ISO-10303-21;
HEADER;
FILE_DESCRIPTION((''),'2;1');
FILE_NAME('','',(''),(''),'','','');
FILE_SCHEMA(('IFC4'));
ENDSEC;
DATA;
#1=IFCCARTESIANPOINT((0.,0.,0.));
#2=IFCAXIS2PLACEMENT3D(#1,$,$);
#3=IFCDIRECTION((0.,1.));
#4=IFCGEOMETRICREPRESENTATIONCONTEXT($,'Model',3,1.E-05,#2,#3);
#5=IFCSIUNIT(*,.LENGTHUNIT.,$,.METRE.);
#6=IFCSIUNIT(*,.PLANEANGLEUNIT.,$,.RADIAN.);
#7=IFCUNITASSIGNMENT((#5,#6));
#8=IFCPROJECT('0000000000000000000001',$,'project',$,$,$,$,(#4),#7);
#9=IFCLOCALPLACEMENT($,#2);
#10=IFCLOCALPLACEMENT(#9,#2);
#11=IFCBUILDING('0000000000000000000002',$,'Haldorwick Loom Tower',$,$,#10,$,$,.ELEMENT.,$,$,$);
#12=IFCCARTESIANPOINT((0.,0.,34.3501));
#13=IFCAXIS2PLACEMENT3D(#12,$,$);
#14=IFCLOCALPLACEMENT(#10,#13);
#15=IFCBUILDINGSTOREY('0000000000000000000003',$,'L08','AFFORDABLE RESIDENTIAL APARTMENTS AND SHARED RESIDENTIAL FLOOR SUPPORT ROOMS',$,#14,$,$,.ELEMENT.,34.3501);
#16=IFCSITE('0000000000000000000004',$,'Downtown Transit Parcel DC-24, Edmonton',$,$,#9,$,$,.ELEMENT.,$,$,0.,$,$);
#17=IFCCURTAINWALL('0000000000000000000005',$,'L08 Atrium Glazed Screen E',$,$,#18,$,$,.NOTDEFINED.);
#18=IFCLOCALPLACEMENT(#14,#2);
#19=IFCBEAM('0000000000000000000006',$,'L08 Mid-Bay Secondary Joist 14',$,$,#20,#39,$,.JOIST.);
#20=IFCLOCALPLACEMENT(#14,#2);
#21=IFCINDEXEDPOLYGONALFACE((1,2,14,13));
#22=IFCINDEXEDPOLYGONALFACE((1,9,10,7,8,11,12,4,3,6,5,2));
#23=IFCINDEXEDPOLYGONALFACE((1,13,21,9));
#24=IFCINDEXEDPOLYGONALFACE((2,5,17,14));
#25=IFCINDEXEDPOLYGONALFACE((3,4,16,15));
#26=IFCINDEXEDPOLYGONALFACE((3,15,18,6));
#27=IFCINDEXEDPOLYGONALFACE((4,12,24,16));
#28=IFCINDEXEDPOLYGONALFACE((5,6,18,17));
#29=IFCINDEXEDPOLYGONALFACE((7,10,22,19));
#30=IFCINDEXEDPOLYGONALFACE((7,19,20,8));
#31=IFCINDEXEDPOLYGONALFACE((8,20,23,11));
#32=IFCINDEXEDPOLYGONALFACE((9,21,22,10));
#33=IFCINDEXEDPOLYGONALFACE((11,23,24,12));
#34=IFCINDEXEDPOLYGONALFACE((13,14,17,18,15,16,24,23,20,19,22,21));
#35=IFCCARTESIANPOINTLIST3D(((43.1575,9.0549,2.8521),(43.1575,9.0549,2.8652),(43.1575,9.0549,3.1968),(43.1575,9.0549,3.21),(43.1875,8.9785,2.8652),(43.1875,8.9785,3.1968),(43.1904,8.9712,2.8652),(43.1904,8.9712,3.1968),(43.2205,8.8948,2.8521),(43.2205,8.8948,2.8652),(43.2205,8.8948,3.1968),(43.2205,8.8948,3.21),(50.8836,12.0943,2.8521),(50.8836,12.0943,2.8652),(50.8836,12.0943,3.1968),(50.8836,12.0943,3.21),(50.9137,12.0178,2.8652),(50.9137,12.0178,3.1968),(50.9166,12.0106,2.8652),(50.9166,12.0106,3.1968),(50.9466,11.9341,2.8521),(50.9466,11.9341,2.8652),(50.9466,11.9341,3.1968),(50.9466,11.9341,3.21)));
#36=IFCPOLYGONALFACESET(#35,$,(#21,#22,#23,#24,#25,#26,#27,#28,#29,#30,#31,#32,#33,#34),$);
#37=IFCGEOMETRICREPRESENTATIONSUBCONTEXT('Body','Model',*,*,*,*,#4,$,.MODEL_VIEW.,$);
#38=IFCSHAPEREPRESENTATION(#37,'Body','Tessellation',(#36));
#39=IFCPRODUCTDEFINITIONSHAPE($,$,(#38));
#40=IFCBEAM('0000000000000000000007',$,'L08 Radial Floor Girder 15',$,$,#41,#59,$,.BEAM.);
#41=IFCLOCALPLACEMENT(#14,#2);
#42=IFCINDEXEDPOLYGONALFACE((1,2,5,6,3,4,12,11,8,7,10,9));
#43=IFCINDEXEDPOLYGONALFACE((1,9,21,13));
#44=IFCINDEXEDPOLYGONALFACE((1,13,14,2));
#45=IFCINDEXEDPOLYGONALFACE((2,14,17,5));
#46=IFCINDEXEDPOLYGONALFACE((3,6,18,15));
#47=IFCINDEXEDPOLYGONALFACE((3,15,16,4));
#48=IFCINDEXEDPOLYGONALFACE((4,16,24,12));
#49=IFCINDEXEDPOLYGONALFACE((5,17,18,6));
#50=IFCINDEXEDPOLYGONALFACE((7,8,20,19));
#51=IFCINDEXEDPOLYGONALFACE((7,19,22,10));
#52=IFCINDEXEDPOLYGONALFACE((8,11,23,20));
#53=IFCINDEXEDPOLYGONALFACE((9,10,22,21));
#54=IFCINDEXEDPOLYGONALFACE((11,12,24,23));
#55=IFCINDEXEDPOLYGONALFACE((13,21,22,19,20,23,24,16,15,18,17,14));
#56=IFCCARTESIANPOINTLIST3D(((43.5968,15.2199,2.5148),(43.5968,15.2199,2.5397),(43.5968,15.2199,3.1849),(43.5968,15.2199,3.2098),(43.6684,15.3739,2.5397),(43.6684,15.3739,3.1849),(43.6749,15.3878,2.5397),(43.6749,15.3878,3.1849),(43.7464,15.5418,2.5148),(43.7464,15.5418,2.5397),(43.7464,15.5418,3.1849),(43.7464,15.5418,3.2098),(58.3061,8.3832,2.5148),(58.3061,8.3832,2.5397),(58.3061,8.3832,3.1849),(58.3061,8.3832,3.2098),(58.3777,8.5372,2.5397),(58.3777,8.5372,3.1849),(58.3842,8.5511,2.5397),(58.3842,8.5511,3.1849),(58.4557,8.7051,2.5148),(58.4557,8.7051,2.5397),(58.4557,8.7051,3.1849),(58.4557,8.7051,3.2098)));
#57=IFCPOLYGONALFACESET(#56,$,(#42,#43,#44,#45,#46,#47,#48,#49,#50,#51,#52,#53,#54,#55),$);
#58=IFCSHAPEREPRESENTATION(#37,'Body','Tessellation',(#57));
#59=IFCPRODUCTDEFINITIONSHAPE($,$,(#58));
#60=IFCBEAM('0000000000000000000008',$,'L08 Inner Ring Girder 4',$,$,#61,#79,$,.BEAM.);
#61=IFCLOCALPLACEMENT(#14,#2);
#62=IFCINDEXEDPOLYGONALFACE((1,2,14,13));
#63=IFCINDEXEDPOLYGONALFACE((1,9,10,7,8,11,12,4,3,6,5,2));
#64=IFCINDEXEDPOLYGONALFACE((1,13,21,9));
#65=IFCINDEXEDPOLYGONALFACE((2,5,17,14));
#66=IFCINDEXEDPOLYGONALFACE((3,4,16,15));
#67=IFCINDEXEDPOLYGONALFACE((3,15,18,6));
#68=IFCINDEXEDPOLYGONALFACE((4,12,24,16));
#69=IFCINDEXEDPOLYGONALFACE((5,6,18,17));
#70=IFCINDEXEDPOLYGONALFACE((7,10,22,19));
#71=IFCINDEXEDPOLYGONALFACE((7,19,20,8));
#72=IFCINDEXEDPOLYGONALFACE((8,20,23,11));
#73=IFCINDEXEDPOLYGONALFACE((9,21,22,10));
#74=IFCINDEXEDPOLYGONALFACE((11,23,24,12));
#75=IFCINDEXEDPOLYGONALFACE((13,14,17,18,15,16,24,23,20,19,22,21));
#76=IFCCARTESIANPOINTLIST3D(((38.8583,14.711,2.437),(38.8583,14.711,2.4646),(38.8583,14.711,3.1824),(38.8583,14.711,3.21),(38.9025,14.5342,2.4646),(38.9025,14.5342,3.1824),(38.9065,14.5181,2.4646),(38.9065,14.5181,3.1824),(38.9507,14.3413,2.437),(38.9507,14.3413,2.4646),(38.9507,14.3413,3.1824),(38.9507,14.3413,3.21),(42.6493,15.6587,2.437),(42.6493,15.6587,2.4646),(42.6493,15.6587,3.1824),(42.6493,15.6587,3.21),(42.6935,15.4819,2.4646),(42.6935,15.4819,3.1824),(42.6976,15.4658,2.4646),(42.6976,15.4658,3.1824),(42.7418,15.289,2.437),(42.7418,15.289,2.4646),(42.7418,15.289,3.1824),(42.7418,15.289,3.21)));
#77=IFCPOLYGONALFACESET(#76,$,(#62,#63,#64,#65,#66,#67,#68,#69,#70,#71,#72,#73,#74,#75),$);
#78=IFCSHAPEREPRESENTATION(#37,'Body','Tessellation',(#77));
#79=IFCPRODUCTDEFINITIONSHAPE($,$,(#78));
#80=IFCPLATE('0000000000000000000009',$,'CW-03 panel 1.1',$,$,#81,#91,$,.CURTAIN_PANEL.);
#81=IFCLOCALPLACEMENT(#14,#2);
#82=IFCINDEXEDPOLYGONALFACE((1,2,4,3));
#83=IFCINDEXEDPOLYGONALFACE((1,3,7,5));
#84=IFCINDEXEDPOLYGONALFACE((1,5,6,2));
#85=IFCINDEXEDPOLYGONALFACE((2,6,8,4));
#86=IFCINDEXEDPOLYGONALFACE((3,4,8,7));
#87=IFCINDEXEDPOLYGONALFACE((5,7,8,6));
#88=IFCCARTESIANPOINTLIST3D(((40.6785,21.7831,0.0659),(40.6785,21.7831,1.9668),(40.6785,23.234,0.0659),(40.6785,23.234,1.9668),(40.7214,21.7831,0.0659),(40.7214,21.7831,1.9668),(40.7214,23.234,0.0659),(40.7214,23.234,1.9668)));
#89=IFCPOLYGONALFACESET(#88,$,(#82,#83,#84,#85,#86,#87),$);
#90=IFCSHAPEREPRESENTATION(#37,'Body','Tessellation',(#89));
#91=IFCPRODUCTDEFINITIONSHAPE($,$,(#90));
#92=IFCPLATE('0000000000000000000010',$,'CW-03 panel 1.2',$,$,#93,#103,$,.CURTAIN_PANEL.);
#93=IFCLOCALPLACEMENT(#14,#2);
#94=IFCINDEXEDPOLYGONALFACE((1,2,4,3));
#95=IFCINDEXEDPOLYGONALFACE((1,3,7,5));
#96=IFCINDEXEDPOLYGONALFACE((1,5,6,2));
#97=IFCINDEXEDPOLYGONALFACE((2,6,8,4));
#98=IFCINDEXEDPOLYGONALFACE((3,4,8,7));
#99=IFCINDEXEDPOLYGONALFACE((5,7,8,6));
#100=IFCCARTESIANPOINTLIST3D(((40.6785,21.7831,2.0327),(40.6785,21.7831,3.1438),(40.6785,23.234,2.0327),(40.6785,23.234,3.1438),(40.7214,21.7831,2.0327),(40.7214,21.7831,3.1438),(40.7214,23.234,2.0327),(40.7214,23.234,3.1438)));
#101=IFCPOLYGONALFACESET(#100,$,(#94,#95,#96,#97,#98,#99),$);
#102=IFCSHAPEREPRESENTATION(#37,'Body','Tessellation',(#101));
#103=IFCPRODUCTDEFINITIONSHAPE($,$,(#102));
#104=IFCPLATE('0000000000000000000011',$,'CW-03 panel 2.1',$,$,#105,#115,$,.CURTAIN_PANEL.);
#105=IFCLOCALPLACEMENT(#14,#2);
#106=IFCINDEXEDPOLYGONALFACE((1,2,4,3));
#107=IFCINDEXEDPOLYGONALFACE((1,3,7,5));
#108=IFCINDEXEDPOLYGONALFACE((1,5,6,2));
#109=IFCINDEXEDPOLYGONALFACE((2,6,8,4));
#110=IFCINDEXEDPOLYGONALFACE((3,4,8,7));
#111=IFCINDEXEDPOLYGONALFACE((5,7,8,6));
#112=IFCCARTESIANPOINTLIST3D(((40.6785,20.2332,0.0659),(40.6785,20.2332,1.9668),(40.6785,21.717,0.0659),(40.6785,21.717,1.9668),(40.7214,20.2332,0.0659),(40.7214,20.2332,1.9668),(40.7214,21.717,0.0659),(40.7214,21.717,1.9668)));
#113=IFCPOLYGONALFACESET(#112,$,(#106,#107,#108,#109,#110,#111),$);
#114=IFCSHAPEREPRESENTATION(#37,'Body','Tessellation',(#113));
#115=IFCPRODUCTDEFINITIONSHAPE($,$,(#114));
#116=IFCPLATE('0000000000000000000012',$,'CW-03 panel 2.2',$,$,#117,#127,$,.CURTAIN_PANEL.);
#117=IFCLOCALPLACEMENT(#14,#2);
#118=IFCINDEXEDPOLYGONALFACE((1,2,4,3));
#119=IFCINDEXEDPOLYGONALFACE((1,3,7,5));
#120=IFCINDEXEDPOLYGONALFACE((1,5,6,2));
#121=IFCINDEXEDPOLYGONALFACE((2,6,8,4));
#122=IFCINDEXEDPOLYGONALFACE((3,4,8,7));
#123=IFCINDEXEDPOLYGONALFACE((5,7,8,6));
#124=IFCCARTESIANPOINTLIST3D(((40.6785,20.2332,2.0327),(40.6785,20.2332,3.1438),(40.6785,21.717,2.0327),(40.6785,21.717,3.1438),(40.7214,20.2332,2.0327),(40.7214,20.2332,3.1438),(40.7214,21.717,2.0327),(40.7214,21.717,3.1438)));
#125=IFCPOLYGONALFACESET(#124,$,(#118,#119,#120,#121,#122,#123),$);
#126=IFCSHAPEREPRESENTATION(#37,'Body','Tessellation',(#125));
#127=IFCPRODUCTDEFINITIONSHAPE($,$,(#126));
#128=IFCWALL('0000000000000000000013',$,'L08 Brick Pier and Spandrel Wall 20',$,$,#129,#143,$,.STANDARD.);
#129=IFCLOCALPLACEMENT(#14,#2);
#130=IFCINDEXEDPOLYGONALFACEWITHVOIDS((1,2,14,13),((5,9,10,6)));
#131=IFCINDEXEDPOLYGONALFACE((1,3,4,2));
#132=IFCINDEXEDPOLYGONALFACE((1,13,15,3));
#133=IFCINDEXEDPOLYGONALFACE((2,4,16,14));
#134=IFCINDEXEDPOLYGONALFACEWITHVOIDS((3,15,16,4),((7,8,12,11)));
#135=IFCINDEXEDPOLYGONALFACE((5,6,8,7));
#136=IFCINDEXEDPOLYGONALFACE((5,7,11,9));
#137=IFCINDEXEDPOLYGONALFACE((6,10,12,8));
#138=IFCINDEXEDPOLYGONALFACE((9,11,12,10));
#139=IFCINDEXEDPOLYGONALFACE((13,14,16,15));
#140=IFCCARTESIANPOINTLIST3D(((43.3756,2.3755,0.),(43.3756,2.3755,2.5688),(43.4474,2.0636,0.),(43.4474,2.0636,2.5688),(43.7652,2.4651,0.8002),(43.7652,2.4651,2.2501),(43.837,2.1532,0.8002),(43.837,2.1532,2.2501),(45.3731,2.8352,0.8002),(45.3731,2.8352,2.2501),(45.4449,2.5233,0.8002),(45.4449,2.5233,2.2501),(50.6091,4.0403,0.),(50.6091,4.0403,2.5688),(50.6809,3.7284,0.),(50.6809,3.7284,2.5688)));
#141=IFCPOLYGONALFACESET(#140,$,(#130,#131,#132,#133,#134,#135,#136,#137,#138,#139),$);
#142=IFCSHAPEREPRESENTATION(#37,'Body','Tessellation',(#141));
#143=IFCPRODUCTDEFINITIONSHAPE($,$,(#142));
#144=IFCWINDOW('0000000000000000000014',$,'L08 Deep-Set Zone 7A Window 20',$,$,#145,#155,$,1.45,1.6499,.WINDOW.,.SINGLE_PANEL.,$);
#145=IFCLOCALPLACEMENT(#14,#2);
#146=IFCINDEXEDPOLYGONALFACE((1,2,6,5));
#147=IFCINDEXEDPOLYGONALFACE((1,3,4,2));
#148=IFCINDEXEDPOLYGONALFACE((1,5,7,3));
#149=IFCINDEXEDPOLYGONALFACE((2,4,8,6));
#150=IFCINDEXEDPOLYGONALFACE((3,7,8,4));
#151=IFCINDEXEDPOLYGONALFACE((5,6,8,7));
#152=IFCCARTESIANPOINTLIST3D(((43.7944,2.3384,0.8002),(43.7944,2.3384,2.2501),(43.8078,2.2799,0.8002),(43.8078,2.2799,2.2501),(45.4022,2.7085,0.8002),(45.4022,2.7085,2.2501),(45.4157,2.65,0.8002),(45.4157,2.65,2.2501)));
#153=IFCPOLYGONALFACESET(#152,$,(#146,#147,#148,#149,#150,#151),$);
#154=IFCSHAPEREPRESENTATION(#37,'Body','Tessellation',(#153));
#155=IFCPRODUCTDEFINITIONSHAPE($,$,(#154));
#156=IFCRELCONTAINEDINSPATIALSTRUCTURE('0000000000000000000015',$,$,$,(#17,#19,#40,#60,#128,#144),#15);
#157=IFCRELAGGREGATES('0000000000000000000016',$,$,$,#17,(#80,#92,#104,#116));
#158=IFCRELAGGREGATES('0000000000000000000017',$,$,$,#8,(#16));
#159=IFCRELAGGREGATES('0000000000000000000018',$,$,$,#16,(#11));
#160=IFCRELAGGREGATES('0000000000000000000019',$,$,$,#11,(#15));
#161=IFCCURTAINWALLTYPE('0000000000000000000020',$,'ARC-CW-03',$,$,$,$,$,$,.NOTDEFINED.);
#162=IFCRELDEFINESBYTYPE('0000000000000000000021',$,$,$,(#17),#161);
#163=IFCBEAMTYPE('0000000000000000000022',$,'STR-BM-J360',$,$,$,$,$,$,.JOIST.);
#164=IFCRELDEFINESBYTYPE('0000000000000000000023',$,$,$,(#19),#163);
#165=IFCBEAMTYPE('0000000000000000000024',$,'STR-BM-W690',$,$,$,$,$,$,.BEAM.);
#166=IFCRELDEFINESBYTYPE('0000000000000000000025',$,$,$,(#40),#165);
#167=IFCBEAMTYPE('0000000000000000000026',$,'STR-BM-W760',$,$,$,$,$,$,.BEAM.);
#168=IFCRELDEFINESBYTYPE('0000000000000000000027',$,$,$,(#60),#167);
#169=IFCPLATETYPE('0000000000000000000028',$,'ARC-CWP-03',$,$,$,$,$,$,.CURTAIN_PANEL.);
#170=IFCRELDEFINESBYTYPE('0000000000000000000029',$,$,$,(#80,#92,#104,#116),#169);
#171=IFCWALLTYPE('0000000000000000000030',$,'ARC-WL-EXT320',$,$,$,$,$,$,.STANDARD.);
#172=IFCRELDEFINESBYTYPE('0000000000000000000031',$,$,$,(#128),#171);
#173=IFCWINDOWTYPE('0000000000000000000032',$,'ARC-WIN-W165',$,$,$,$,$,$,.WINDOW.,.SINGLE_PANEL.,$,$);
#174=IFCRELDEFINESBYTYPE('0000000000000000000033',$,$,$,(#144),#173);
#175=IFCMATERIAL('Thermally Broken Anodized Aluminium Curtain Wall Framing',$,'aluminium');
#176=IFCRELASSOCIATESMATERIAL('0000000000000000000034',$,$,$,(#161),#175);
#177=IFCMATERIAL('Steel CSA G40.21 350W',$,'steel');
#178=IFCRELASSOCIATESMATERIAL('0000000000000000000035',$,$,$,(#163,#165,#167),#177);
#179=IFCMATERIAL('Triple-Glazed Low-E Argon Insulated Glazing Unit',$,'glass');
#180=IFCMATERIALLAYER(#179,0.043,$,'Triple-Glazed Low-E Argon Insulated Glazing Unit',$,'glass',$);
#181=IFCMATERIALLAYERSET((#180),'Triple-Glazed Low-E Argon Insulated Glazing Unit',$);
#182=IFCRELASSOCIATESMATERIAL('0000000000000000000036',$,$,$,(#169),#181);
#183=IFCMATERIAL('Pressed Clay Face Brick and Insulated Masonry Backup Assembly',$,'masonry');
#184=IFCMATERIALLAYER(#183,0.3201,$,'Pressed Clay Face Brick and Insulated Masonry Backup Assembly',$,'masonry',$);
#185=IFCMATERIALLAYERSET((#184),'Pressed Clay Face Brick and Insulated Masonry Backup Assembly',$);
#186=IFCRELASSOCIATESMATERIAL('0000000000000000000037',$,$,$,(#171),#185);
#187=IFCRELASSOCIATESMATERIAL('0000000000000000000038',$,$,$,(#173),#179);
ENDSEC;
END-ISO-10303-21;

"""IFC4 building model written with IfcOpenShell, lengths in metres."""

from ifc_helpers import new_model, si_unit, direction, frame, frame_2d, origin, origin_2d, place, context, subcontext, project, spatial, rectangle, i_section, extrude, material, layer, layer_set, material_profile, profile_set, type_object, element, fill, aggregate, save


model = new_model("IFC4")

# Units and contexts
model_context = context("Model", 3, precision=1e-05, world=origin(), true_north=direction((0.0, 1.0)))
body_context = subcontext(model_context, "Body", "Model", "MODEL_VIEW")
ifc_project = project(units=[si_unit("LENGTHUNIT", "METRE"), si_unit("PLANEANGLEUNIT", "RADIAN")], contexts=[model_context])

# Site, building, storey
site_placement = place(None, origin())
site = spatial("IfcSite", under=ifc_project, at=site_placement, Name="Downtown Transit Parcel DC-24, Edmonton", CompositionType="ELEMENT", RefElevation=0.0)
building_placement = place(site_placement, origin())
building = spatial("IfcBuilding", under=site, at=building_placement, Name="Haldorwick Loom Tower", CompositionType="ELEMENT")
storey_placement = place(building_placement, frame((0.0, 0.0, 34.3501)))
storey = spatial("IfcBuildingStorey", under=building, at=storey_placement, Name="L08", Description="AFFORDABLE RESIDENTIAL APARTMENTS AND SHARED RESIDENTIAL FLOOR SUPPORT ROOMS", CompositionType="ELEMENT", Elevation=34.3501)

# Curtain wall
ifc_material_1 = material(Name="Thermally Broken Anodized Aluminium Curtain Wall Framing", Category="aluminium")
curtain_wall_type = type_object("IfcCurtainWallType", Name="ARC-CW-03", PredefinedType="NOTDEFINED", material=ifc_material_1)
curtain_wall_placement = place(storey_placement, origin())
curtain_wall = element("IfcCurtainWall", 1, at=curtain_wall_placement, inside=storey, type_object=curtain_wall_type, Name="L08 Atrium Glazed Screen E", PredefinedType="NOTDEFINED")

# Beams
ifc_material_2 = material(Name="Steel CSA G40.21 350W", Category="steel")
ifc_material_profile_1 = material_profile(ifc_material_2, i_section(OverallWidth=0.1721, OverallDepth=0.3579, WebThickness=0.0078, FlangeThickness=0.0132, at=origin_2d()), Name="W360X57", Category="steel")
ifc_profile_set_1 = profile_set([ifc_material_profile_1], Name="Steel CSA G40.21 350W")
beam_type_1 = type_object("IfcBeamType", Name="STR-BM-J360", PredefinedType="JOIST", material=ifc_profile_set_1)
beam_1_placement = place(storey_placement, frame((43.189, 8.9749, 3.031), z_axis=(0.930585, 0.366076, 0.0), x_axis=(-0.366076, 0.930585, 0.0)))
element("IfcBeam", 2, at=beam_1_placement, inside=storey, type_object=beam_type_1, Name="L08 Mid-Bay Secondary Joist 14", PredefinedType="JOIST", context=body_context, shape_type="SweptSolid", body=[
    extrude(i_section(OverallWidth=0.1721, OverallDepth=0.3579, WebThickness=0.0078, FlangeThickness=0.0132, at=origin_2d()), origin(), (0.0, 0.0, 1.0), 8.3025),
])
ifc_material_profile_2 = material_profile(ifc_material_2, i_section(OverallWidth=0.355, OverallDepth=0.6951, WebThickness=0.0154, FlangeThickness=0.0249, at=origin_2d()), Name="W690X217", Category="steel")
ifc_profile_set_2 = profile_set([ifc_material_profile_2], Name="Steel CSA G40.21 350W")
beam_type_2 = type_object("IfcBeamType", Name="STR-BM-W690", PredefinedType="BEAM", material=ifc_profile_set_2)
beam_2_placement = place(storey_placement, frame((43.6716, 15.3809, 2.8623), z_axis=(0.906835, -0.421486, 0.0), x_axis=(0.421486, 0.906835, 0.0)))
element("IfcBeam", 3, at=beam_2_placement, inside=storey, type_object=beam_type_2, Name="L08 Radial Floor Girder 15", PredefinedType="BEAM", context=body_context, shape_type="SweptSolid", body=[
    extrude(i_section(OverallWidth=0.355, OverallDepth=0.6951, WebThickness=0.0154, FlangeThickness=0.0249, at=origin_2d()), origin(), (0.0, 0.0, 1.0), 16.2205),
])
ifc_material_profile_3 = material_profile(ifc_material_2, i_section(OverallWidth=0.3811, OverallDepth=0.7729, WebThickness=0.0166, FlangeThickness=0.0276, at=origin_2d()), Name="W760X257", Category="steel")
ifc_profile_set_3 = profile_set([ifc_material_profile_3], Name="Steel CSA G40.21 350W")
beam_type_3 = type_object("IfcBeamType", Name="STR-BM-W760", PredefinedType="BEAM", material=ifc_profile_set_3)
beam_3_placement = place(storey_placement, frame((42.6956, 15.4739, 2.8235), z_axis=(-0.970143, -0.242536, 0.0), x_axis=(0.242536, -0.970143, 0.0)))
element("IfcBeam", 4, at=beam_3_placement, inside=storey, type_object=beam_type_3, Name="L08 Inner Ring Girder 4", PredefinedType="BEAM", context=body_context, shape_type="SweptSolid", body=[
    extrude(i_section(OverallWidth=0.3811, OverallDepth=0.7729, WebThickness=0.0166, FlangeThickness=0.0276, at=origin_2d()), origin(), (0.0, 0.0, 1.0), 3.9077),
])

# Plates
ifc_material_3 = material(Name="Triple-Glazed Low-E Argon Insulated Glazing Unit", Category="glass")
ifc_layer_1 = layer(ifc_material_3, 0.043, Name="Triple-Glazed Low-E Argon Insulated Glazing Unit", Category="glass")
ifc_layer_set_1 = layer_set([ifc_layer_1], Name="Triple-Glazed Low-E Argon Insulated Glazing Unit")
plate_type = type_object("IfcPlateType", Name="ARC-CWP-03", PredefinedType="CURTAIN_PANEL", material=ifc_layer_set_1)
plate_1_placement = place(storey_placement, frame((40.7, 22.5085, 0.0659), z_axis=(0.0, 0.0, 1.0), x_axis=(0.0, -1.0, 0.0)))
plate_1 = element("IfcPlate", 5, at=plate_1_placement, type_object=plate_type, Name="CW-03 panel 1.1", PredefinedType="CURTAIN_PANEL", context=body_context, shape_type="SweptSolid", body=[
    extrude(rectangle(XDim=1.4509, YDim=0.043, at=origin_2d()), origin(), (0.0, 0.0, 1.0), 1.9009),
])
plate_2_placement = place(storey_placement, frame((40.7, 22.5085, 2.0327), z_axis=(0.0, 0.0, 1.0), x_axis=(0.0, -1.0, 0.0)))
plate_2 = element("IfcPlate", 6, at=plate_2_placement, type_object=plate_type, Name="CW-03 panel 1.2", PredefinedType="CURTAIN_PANEL", context=body_context, shape_type="SweptSolid", body=[
    extrude(rectangle(XDim=1.4509, YDim=0.043, at=origin_2d()), origin(), (0.0, 0.0, 1.0), 1.1111),
])
plate_3_placement = place(storey_placement, frame((40.7, 20.9751, 0.0659), z_axis=(0.0, 0.0, 1.0), x_axis=(0.0, -1.0, 0.0)))
plate_3 = element("IfcPlate", 7, at=plate_3_placement, type_object=plate_type, Name="CW-03 panel 2.1", PredefinedType="CURTAIN_PANEL", context=body_context, shape_type="SweptSolid", body=[
    extrude(rectangle(XDim=1.4839, YDim=0.043, at=origin_2d()), origin(), (0.0, 0.0, 1.0), 1.9009),
])
plate_4_placement = place(storey_placement, frame((40.7, 20.9751, 2.0327), z_axis=(0.0, 0.0, 1.0), x_axis=(0.0, -1.0, 0.0)))
plate_4 = element("IfcPlate", 8, at=plate_4_placement, type_object=plate_type, Name="CW-03 panel 2.2", PredefinedType="CURTAIN_PANEL", context=body_context, shape_type="SweptSolid", body=[
    extrude(rectangle(XDim=1.4839, YDim=0.043, at=origin_2d()), origin(), (0.0, 0.0, 1.0), 1.1111),
])
aggregate(curtain_wall, [plate_1, plate_2, plate_3, plate_4])

# Wall, opening, window
ifc_material_4 = material(Name="Pressed Clay Face Brick and Insulated Masonry Backup Assembly", Category="masonry")
ifc_layer_2 = layer(ifc_material_4, 0.3201, Name="Pressed Clay Face Brick and Insulated Masonry Backup Assembly", Category="masonry")
ifc_layer_set_2 = layer_set([ifc_layer_2], Name="Pressed Clay Face Brick and Insulated Masonry Backup Assembly")
wall_type_1 = type_object("IfcWallType", Name="ARC-WL-EXT320", PredefinedType="STANDARD", material=ifc_layer_set_2)
wall_1_placement = place(storey_placement, frame((43.4114, 2.2195, 0.0), z_axis=(0.0, 0.0, 1.0), x_axis=(0.974522, 0.22429, 0.0)))
wall_1 = element("IfcWall", 9, at=wall_1_placement, inside=storey, type_object=wall_type_1, Name="L08 Brick Pier and Spandrel Wall 20", PredefinedType="STANDARD", context=body_context, shape_type="SweptSolid", body=[
    extrude(rectangle(XDim=7.4226, YDim=0.3201, at=frame_2d((3.7114, 0.0))), origin(), (0.0, 0.0, 1.0), 2.5688),
])
opening_1_placement = place(wall_1_placement, frame((0.3999, 0.0, 0.8)))
opening_1 = element("IfcOpeningElement", 10, at=opening_1_placement, cuts=wall_1, PredefinedType="OPENING", context=body_context, shape_type="SweptSolid", body=[
    extrude(rectangle(XDim=1.6499, YDim=1.45, at=frame_2d((0.825, 0.7251))), frame((0.0, 0.1699, 0.0), z_axis=(0.0, -1.0, 0.0), x_axis=(1.0, 0.0, 0.0)), (0.0, 0.0, 1.0), 0.3401),
])
window_type = type_object("IfcWindowType", Name="ARC-WIN-W165", PartitioningType="SINGLE_PANEL", PredefinedType="WINDOW", material=ifc_material_3)
window_placement = place(opening_1_placement, origin())
window = element("IfcWindow", 11, at=window_placement, inside=storey, type_object=window_type, Name="L08 Deep-Set Zone 7A Window 20", OverallHeight=1.45, OverallWidth=1.6499, PartitioningType="SINGLE_PANEL", PredefinedType="WINDOW", context=body_context, shape_type="SweptSolid", body=[
    extrude(rectangle(XDim=1.6499, YDim=1.45, at=frame_2d((0.825, 0.7251))), frame((0.0, 0.03, 0.0), z_axis=(0.0, -1.0, 0.0), x_axis=(1.0, 0.0, 0.0)), (0.0, 0.0, 1.0), 0.0601),
])
fill(opening_1, window)

save(model, "model.ifc")
